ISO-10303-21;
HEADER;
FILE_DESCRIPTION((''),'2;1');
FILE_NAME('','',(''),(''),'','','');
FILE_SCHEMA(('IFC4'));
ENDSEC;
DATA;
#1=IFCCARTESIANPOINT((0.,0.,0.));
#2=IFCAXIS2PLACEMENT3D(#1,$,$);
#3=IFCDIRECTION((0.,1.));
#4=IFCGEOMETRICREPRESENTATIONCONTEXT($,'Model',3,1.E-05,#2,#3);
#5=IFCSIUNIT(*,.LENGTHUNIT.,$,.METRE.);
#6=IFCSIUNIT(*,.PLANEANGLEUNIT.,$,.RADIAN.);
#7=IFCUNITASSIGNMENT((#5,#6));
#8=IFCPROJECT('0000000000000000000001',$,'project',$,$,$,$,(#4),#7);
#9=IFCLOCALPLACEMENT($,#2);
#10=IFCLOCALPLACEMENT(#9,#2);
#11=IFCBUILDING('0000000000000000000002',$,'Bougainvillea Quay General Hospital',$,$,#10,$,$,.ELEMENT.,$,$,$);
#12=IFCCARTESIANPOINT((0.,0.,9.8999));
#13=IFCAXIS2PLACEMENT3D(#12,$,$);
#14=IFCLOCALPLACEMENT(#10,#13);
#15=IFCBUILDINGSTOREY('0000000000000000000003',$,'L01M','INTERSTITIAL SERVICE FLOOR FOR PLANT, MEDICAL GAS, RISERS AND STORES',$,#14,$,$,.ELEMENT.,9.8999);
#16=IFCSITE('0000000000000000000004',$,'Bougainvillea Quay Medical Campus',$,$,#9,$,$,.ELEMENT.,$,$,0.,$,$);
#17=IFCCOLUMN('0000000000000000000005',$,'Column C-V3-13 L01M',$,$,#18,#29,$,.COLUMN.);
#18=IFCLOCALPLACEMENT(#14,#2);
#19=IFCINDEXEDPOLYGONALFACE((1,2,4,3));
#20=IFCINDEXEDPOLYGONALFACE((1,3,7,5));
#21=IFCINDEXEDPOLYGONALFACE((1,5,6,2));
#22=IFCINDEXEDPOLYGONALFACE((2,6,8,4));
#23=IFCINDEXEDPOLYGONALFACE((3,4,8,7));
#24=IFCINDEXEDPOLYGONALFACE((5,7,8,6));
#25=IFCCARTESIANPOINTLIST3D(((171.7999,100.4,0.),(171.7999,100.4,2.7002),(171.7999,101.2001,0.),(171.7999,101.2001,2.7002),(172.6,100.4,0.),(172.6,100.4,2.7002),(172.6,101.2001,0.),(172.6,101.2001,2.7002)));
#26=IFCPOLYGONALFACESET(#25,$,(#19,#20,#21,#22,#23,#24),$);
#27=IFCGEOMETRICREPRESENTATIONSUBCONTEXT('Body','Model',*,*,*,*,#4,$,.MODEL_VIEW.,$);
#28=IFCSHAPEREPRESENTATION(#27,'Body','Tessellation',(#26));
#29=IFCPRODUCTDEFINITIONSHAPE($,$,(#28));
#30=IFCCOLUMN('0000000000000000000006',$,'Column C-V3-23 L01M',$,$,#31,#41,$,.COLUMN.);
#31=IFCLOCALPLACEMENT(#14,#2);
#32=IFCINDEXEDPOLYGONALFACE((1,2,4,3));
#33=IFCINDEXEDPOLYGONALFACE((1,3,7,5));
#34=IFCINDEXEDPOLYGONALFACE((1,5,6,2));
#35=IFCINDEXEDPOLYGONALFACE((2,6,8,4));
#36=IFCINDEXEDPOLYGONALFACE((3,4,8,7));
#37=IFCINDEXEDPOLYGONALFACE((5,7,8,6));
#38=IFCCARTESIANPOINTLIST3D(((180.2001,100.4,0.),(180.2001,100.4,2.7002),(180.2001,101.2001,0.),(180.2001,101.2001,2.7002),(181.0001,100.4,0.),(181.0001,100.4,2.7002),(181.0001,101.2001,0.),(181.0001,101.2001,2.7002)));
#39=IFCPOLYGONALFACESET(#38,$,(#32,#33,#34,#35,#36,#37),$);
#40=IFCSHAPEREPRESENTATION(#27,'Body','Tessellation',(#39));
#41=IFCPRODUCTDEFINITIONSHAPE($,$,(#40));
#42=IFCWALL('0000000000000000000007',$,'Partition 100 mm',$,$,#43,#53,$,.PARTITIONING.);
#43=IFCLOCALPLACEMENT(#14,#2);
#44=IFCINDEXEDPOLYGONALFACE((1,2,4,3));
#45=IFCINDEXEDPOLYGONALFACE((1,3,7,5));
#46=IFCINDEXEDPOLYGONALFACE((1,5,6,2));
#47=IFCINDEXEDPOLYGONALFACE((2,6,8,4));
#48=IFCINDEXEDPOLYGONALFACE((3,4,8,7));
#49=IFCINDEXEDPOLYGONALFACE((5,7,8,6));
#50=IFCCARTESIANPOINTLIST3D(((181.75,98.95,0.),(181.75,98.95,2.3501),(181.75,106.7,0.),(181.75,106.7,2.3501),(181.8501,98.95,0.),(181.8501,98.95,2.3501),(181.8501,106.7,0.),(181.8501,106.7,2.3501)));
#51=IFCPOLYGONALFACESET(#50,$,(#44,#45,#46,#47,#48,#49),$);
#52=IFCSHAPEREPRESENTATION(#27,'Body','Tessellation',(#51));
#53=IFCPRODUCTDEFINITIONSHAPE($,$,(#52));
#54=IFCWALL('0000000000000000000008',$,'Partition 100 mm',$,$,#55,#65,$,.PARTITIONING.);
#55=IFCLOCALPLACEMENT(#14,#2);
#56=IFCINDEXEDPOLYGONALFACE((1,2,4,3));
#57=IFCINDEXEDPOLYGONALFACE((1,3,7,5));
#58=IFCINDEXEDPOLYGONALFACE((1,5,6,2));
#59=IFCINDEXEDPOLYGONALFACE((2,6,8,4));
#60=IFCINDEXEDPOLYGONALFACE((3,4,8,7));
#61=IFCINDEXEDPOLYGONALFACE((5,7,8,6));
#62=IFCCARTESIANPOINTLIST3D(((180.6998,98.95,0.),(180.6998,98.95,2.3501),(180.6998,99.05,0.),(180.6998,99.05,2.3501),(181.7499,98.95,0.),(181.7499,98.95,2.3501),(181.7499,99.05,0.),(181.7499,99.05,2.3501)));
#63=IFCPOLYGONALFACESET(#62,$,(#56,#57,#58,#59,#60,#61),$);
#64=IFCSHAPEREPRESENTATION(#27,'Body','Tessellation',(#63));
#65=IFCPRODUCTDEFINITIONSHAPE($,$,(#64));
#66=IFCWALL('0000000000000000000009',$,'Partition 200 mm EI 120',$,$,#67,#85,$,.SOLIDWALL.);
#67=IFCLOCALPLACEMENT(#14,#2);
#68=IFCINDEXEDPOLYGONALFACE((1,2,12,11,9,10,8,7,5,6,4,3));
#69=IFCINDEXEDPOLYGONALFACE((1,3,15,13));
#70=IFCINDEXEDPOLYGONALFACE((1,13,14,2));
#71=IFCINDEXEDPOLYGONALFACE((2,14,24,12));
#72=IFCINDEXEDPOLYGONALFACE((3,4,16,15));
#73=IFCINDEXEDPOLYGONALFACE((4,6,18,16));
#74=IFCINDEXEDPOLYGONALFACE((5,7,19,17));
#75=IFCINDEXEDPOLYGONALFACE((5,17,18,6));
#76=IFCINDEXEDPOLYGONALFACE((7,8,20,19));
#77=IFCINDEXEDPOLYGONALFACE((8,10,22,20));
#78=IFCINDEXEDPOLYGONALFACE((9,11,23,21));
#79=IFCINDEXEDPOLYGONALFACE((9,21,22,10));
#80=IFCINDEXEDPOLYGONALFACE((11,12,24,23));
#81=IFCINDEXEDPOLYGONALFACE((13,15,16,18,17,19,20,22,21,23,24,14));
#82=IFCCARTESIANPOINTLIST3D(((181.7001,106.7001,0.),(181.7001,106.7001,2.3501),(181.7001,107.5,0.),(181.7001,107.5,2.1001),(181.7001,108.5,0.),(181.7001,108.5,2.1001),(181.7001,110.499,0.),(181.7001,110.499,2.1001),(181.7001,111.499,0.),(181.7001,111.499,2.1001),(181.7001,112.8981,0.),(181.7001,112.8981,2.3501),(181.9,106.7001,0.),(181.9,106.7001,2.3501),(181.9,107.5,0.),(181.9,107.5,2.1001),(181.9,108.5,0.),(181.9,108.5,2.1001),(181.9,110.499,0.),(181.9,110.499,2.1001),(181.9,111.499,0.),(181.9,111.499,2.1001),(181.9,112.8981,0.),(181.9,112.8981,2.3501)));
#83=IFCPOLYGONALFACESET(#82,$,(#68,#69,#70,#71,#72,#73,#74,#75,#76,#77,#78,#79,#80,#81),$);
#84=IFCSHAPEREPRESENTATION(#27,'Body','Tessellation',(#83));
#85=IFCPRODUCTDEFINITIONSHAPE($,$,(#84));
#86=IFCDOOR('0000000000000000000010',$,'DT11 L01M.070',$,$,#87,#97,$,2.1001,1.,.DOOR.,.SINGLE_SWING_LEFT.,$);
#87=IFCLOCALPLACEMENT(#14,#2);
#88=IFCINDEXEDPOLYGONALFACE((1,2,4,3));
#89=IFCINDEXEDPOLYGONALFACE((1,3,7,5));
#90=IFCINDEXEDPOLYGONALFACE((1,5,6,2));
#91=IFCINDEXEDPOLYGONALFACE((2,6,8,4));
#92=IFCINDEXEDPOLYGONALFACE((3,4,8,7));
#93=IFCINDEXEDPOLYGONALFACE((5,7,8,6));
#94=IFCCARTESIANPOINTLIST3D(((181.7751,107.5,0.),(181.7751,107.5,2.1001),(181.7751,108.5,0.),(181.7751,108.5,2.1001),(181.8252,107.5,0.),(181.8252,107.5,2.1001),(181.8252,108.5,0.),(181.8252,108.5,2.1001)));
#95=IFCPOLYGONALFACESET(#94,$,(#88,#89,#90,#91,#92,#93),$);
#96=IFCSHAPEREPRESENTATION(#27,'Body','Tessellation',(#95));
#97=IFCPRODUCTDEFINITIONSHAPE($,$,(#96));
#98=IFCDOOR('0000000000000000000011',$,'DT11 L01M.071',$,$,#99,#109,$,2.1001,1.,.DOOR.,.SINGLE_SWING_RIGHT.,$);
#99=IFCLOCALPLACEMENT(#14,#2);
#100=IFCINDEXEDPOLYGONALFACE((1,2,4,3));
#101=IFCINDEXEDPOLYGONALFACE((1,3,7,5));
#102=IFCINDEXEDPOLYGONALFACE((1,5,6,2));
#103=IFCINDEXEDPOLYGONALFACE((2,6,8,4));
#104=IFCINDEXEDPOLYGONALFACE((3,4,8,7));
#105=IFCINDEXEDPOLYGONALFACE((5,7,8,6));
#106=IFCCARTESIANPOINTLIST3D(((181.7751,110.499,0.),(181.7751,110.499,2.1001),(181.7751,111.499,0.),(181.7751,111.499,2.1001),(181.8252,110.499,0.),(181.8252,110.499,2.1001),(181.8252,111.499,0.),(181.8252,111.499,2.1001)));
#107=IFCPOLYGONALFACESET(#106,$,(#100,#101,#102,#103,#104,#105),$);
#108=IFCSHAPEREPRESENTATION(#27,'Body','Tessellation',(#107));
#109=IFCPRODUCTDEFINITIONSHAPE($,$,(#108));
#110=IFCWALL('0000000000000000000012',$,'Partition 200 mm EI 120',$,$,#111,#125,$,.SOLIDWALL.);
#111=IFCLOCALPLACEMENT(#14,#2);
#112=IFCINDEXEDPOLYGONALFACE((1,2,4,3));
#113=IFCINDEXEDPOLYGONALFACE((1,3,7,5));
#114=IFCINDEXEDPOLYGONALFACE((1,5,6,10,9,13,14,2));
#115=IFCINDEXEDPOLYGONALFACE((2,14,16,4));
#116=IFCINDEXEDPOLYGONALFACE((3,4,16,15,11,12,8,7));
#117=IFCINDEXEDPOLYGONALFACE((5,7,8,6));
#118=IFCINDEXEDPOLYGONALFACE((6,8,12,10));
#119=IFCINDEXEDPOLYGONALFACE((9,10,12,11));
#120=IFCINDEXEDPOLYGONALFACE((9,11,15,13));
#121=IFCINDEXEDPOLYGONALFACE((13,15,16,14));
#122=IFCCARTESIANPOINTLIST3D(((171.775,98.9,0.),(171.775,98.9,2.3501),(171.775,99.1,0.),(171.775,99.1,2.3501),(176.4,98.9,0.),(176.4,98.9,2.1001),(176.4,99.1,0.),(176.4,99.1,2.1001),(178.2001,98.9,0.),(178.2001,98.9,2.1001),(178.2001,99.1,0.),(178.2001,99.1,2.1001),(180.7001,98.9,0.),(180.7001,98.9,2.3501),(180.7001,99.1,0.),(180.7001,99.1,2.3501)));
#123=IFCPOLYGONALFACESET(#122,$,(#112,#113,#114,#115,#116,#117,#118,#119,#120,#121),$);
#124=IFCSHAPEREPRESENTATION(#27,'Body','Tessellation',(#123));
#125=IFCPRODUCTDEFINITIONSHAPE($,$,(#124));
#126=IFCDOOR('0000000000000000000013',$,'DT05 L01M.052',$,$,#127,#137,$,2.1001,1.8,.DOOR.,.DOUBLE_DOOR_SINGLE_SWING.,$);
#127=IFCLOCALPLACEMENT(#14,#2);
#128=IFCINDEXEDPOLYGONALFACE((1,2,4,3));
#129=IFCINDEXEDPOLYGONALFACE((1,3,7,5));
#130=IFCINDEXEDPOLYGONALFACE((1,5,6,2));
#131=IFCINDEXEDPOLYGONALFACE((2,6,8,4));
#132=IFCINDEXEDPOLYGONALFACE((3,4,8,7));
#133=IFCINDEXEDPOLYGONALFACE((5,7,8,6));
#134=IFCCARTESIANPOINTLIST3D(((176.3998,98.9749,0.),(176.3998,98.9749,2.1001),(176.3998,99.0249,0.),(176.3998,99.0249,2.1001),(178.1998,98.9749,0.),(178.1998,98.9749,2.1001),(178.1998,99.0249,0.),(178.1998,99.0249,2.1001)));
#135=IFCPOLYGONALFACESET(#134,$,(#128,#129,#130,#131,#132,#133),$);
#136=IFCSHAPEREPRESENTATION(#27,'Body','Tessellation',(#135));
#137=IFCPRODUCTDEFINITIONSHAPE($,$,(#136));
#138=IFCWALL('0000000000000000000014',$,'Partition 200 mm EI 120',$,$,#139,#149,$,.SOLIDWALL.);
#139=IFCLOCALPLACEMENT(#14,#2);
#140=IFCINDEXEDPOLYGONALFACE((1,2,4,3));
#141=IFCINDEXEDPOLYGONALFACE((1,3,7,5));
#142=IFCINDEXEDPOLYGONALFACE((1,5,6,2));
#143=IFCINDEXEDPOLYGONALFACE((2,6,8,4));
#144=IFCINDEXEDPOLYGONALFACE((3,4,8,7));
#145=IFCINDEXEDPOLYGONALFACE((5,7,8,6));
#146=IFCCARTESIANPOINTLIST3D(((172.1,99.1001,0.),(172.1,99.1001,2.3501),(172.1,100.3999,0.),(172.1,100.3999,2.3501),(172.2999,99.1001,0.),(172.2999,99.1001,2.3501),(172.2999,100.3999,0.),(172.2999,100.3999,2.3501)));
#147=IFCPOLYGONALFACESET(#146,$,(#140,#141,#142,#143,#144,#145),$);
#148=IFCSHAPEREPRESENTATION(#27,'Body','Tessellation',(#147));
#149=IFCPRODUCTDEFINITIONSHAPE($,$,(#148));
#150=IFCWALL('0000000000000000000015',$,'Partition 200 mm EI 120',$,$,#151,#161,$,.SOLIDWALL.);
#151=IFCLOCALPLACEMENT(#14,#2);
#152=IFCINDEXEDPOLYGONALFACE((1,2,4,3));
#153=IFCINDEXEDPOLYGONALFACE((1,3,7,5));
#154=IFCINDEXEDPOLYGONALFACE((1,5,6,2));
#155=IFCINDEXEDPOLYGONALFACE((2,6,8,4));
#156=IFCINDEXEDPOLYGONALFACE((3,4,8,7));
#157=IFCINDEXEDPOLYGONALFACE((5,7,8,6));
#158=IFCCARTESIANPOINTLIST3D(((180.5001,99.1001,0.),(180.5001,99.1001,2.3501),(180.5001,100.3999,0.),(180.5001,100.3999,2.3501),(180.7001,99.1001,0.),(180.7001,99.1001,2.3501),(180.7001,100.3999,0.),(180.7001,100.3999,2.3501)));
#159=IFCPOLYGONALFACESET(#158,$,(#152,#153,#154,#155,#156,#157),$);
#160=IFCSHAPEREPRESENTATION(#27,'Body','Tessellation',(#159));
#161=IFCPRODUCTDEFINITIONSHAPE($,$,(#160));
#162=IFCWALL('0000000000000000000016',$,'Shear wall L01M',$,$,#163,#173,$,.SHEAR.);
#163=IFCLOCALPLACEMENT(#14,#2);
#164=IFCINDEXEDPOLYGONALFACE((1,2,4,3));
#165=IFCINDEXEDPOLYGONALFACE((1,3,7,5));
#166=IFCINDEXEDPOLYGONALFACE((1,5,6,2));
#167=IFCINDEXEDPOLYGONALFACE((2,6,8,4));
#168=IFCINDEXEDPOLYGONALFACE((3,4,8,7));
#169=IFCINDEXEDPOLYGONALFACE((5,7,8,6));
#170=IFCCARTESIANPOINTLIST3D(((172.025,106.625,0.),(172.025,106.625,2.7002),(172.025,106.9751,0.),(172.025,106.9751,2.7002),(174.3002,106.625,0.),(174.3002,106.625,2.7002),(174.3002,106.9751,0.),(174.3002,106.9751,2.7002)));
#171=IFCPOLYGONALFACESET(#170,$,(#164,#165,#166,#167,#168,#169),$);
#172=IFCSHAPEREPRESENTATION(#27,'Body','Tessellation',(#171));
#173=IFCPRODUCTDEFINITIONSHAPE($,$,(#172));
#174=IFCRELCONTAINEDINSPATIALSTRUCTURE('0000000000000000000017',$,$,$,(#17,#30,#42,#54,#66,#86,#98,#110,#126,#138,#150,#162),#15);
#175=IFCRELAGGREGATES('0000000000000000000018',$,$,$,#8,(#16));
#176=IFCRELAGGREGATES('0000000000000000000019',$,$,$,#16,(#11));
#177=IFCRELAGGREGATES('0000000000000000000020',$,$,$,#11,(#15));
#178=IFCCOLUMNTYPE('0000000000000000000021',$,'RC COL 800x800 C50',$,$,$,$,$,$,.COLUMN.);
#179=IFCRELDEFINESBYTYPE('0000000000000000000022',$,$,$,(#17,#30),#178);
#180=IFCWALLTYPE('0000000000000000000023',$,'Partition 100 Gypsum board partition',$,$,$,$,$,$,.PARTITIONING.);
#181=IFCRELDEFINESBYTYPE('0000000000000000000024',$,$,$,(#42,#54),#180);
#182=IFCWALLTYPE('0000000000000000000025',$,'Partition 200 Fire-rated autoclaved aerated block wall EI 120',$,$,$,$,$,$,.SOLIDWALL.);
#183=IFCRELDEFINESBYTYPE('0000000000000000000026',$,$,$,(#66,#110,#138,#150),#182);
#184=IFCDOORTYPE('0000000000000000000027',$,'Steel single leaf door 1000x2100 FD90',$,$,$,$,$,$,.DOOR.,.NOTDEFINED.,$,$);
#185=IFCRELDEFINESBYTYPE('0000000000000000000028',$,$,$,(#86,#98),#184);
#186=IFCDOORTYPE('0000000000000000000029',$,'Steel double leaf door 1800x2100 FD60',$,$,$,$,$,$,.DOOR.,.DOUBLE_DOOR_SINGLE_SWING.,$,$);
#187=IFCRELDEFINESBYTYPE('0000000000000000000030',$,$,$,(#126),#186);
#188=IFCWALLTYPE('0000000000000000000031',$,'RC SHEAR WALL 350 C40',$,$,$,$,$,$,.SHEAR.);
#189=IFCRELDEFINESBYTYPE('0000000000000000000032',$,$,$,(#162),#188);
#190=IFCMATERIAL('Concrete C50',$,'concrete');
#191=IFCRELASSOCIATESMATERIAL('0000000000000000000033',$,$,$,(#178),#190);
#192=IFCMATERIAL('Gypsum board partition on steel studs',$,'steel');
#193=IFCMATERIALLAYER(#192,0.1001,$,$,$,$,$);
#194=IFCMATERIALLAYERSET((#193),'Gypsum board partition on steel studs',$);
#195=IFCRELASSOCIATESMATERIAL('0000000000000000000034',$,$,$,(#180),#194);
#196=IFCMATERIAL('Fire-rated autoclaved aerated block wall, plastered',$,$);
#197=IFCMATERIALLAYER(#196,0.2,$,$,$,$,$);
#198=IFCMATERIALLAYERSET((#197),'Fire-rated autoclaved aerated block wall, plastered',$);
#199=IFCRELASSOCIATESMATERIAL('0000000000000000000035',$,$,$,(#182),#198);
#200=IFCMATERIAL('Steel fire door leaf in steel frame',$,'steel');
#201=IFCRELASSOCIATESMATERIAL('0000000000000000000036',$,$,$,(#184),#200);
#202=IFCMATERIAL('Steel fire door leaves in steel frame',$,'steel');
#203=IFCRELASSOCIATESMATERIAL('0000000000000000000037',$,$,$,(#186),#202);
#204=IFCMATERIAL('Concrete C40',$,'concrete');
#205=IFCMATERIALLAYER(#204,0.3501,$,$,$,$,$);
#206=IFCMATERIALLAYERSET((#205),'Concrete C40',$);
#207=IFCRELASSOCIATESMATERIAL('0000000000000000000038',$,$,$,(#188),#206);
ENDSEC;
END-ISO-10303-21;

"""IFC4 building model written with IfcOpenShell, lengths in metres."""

from ifc_helpers import new_model, si_unit, direction, frame, frame_2d, origin, origin_2d, place, context, subcontext, project, spatial, rectangle, extrude, material, layer, layer_set, material_profile, profile_set, type_object, element, fill, save


model = new_model("IFC4")

# Units and contexts
model_context = context("Model", 3, precision=1e-05, world=origin(), true_north=direction((0.0, 1.0)))
body_context = subcontext(model_context, "Body", "Model", "MODEL_VIEW")
ifc_project = project(units=[si_unit("LENGTHUNIT", "METRE"), si_unit("PLANEANGLEUNIT", "RADIAN")], contexts=[model_context])

# Site, building, storey
site_placement = place(None, origin())
site = spatial("IfcSite", under=ifc_project, at=site_placement, Name="Bougainvillea Quay Medical Campus", CompositionType="ELEMENT", RefElevation=0.0)
building_placement = place(site_placement, origin())
building = spatial("IfcBuilding", under=site, at=building_placement, Name="Bougainvillea Quay General Hospital", CompositionType="ELEMENT")
storey_placement = place(building_placement, frame((0.0, 0.0, 9.8999)))
storey = spatial("IfcBuildingStorey", under=building, at=storey_placement, Name="L01M", Description="INTERSTITIAL SERVICE FLOOR FOR PLANT, MEDICAL GAS, RISERS AND STORES", CompositionType="ELEMENT", Elevation=9.8999)

# Columns
ifc_material_1 = material(Name="Concrete C50", Category="concrete")
ifc_material_profile = material_profile(ifc_material_1, rectangle(XDim=0.8, YDim=0.8, at=origin_2d()))
ifc_profile_set = profile_set([ifc_material_profile], Name="Concrete C50")
column_type = type_object("IfcColumnType", Name="RC COL 800x800 C50", PredefinedType="COLUMN", material=ifc_profile_set)
for number, where, z_axis, x_axis, name in (
    (1, (172.2, 100.8, 0.0), (0.0, 0.0, 1.0), (1.0, 0.0, 0.0), "Column C-V3-13 L01M"),
    (2, (180.6001, 100.8, 0.0), (0.0, 0.0, 1.0), (1.0, 0.0, 0.0), "Column C-V3-23 L01M"),
):
    element("IfcColumn", number, at=place(storey_placement, frame(where, z_axis=z_axis, x_axis=x_axis)), inside=storey, type_object=column_type, Name=name, PredefinedType="COLUMN", context=body_context, shape_type="SweptSolid", body=[
        extrude(rectangle(XDim=0.8, YDim=0.8, at=origin_2d()), origin(), (0.0, 0.0, 1.0), 2.7002),
    ])

# Walls
ifc_material_2 = material(Name="Gypsum board partition on steel studs", Category="steel")
ifc_layer_1 = layer(ifc_material_2, 0.1001)
ifc_layer_set_1 = layer_set([ifc_layer_1], Name="Gypsum board partition on steel studs")
wall_type_1 = type_object("IfcWallType", Name="Partition 100 Gypsum board partition", PredefinedType="PARTITIONING", material=ifc_layer_set_1)
wall_1_placement = place(storey_placement, frame((181.8, 98.95, 0.0), z_axis=(0.0, 0.0, 1.0), x_axis=(0.0, 1.0, 0.0)))
element("IfcWall", 3, at=wall_1_placement, inside=storey, type_object=wall_type_1, Name="Partition 100 mm", PredefinedType="PARTITIONING", context=body_context, shape_type="SweptSolid", body=[
    extrude(rectangle(XDim=7.75, YDim=0.1001, at=frame_2d((3.875, 0.0))), origin(), (0.0, 0.0, 1.0), 2.3501),
])
wall_2_placement = place(storey_placement, frame((180.7, 99.0, 0.0), z_axis=(0.0, 0.0, 1.0), x_axis=(1.0, 0.0, 0.0)))
element("IfcWall", 4, at=wall_2_placement, inside=storey, type_object=wall_type_1, Name="Partition 100 mm", PredefinedType="PARTITIONING", context=body_context, shape_type="SweptSolid", body=[
    extrude(rectangle(XDim=1.05, YDim=0.1001, at=frame_2d((0.5249, 0.0))), origin(), (0.0, 0.0, 1.0), 2.3501),
])

# Wall, openings, doors
ifc_material_3 = material(Name="Fire-rated autoclaved aerated block wall, plastered")
ifc_layer_2 = layer(ifc_material_3, 0.2)
ifc_layer_set_2 = layer_set([ifc_layer_2], Name="Fire-rated autoclaved aerated block wall, plastered")
wall_type_2 = type_object("IfcWallType", Name="Partition 200 Fire-rated autoclaved aerated block wall EI 120", PredefinedType="SOLIDWALL", material=ifc_layer_set_2)
wall_3_placement = place(storey_placement, frame((181.8, 106.7, 0.0), z_axis=(0.0, 0.0, 1.0), x_axis=(0.0, 1.0, 0.0)))
wall_3 = element("IfcWall", 5, at=wall_3_placement, inside=storey, type_object=wall_type_2, Name="Partition 200 mm EI 120", PredefinedType="SOLIDWALL", context=body_context, shape_type="SweptSolid", body=[
    extrude(rectangle(XDim=6.198, YDim=0.2, at=frame_2d((3.0991, 0.0))), origin(), (0.0, 0.0, 1.0), 2.3501),
])
opening_1_placement = place(wall_3_placement, frame((0.8, 0.0, 0.0)))
opening_1 = element("IfcOpeningElement", 6, at=opening_1_placement, cuts=wall_3, PredefinedType="OPENING", context=body_context, shape_type="SweptSolid", body=[
    extrude(rectangle(XDim=1.0, YDim=2.1001, at=frame_2d((0.5, 1.05))), frame((0.0, 0.1099, 0.0), z_axis=(0.0, -1.0, 0.0), x_axis=(1.0, 0.0, 0.0)), (0.0, 0.0, 1.0), 0.22),
])
opening_2_placement = place(wall_3_placement, frame((3.7991, 0.0, 0.0)))
opening_2 = element("IfcOpeningElement", 7, at=opening_2_placement, cuts=wall_3, PredefinedType="OPENING", context=body_context, shape_type="SweptSolid", body=[
    extrude(rectangle(XDim=1.0, YDim=2.1001, at=frame_2d((0.5, 1.05))), frame((0.0, 0.1099, 0.0), z_axis=(0.0, -1.0, 0.0), x_axis=(1.0, 0.0, 0.0)), (0.0, 0.0, 1.0), 0.22),
])
ifc_material_4 = material(Name="Steel fire door leaf in steel frame", Category="steel")
door_type_1 = type_object("IfcDoorType", Name="Steel single leaf door 1000x2100 FD90", OperationType="NOTDEFINED", PredefinedType="DOOR", material=ifc_material_4)
door_1_placement = place(opening_1_placement, origin())
door_1 = element("IfcDoor", 8, at=door_1_placement, inside=storey, type_object=door_type_1, Name="DT11 L01M.070", OperationType="SINGLE_SWING_LEFT", OverallHeight=2.1001, OverallWidth=1.0, PredefinedType="DOOR", context=body_context, shape_type="SweptSolid", body=[
    extrude(rectangle(XDim=1.0, YDim=2.1001, at=frame_2d((0.5, 1.05))), frame((0.0, 0.0249, 0.0), z_axis=(0.0, -1.0, 0.0), x_axis=(1.0, 0.0, 0.0)), (0.0, 0.0, 1.0), 0.05),
])
fill(opening_1, door_1)
door_2_placement = place(opening_2_placement, origin())
door_2 = element("IfcDoor", 9, at=door_2_placement, inside=storey, type_object=door_type_1, Name="DT11 L01M.071", OperationType="SINGLE_SWING_RIGHT", OverallHeight=2.1001, OverallWidth=1.0, PredefinedType="DOOR", context=body_context, shape_type="SweptSolid", body=[
    extrude(rectangle(XDim=1.0, YDim=2.1001, at=frame_2d((0.5, 1.05))), frame((0.0, 0.0249, 0.0), z_axis=(0.0, -1.0, 0.0), x_axis=(1.0, 0.0, 0.0)), (0.0, 0.0, 1.0), 0.05),
])
fill(opening_2, door_2)

# Wall, opening, door
wall_4_placement = place(storey_placement, frame((180.7, 99.0, 0.0), z_axis=(0.0, 0.0, 1.0), x_axis=(-1.0, 0.0, 0.0)))
wall_4 = element("IfcWall", 10, at=wall_4_placement, inside=storey, type_object=wall_type_2, Name="Partition 200 mm EI 120", PredefinedType="SOLIDWALL", context=body_context, shape_type="SweptSolid", body=[
    extrude(rectangle(XDim=8.925, YDim=0.2, at=frame_2d((4.4624, 0.0))), origin(), (0.0, 0.0, 1.0), 2.3501),
])
opening_3_placement = place(wall_4_placement, frame((2.5, 0.0, 0.0)))
opening_3 = element("IfcOpeningElement", 11, at=opening_3_placement, cuts=wall_4, PredefinedType="OPENING", context=body_context, shape_type="SweptSolid", body=[
    extrude(rectangle(XDim=1.8, YDim=2.1001, at=frame_2d((0.8999, 1.05))), frame((0.0, 0.1099, 0.0), z_axis=(0.0, -1.0, 0.0), x_axis=(1.0, 0.0, 0.0)), (0.0, 0.0, 1.0), 0.22),
])
ifc_material_5 = material(Name="Steel fire door leaves in steel frame", Category="steel")
door_type_2 = type_object("IfcDoorType", Name="Steel double leaf door 1800x2100 FD60", OperationType="DOUBLE_DOOR_SINGLE_SWING", PredefinedType="DOOR", material=ifc_material_5)
door_3_placement = place(opening_3_placement, frame((1.8, 0.0, 0.0), z_axis=(0.0, 0.0, 1.0), x_axis=(-1.0, 0.0, 0.0)))
door_3 = element("IfcDoor", 12, at=door_3_placement, inside=storey, type_object=door_type_2, Name="DT05 L01M.052", OperationType="DOUBLE_DOOR_SINGLE_SWING", OverallHeight=2.1001, OverallWidth=1.8, PredefinedType="DOOR", context=body_context, shape_type="SweptSolid", body=[
    extrude(rectangle(XDim=1.8, YDim=2.1001, at=frame_2d((0.8999, 1.05))), frame((0.0, 0.0249, 0.0), z_axis=(0.0, -1.0, 0.0), x_axis=(1.0, 0.0, 0.0)), (0.0, 0.0, 1.0), 0.05),
])
fill(opening_3, door_3)

# Walls
for number, where, z_axis, x_axis, name in (
    (13, (172.2, 100.3999, 0.0), (0.0, 0.0, 1.0), (0.0, -1.0, 0.0), "Partition 200 mm EI 120"),
    (14, (180.6001, 99.1001, 0.0), (0.0, 0.0, 1.0), (0.0, 1.0, 0.0), "Partition 200 mm EI 120"),
):
    element("IfcWall", number, at=place(storey_placement, frame(where, z_axis=z_axis, x_axis=x_axis)), inside=storey, type_object=wall_type_2, Name=name, PredefinedType="SOLIDWALL", context=body_context, shape_type="SweptSolid", body=[
        extrude(rectangle(XDim=1.2998, YDim=0.2, at=frame_2d((0.6499, 0.0))), origin(), (0.0, 0.0, 1.0), 2.3501),
    ])
ifc_material_6 = material(Name="Concrete C40", Category="concrete")
ifc_layer_3 = layer(ifc_material_6, 0.3501)
ifc_layer_set_3 = layer_set([ifc_layer_3], Name="Concrete C40")
wall_type_3 = type_object("IfcWallType", Name="RC SHEAR WALL 350 C40", PredefinedType="SHEAR", material=ifc_layer_set_3)
wall_5_placement = place(storey_placement, frame((172.0249, 106.8, 0.0), z_axis=(0.0, 0.0, 1.0), x_axis=(1.0, 0.0, 0.0)))
element("IfcWall", 15, at=wall_5_placement, inside=storey, type_object=wall_type_3, Name="Shear wall L01M", PredefinedType="SHEAR", context=body_context, shape_type="SweptSolid", body=[
    extrude(rectangle(XDim=2.2751, YDim=0.3501, at=frame_2d((1.1377, 0.0))), origin(), (0.0, 0.0, 1.0), 2.7002),
])

save(model, "model.ifc")
